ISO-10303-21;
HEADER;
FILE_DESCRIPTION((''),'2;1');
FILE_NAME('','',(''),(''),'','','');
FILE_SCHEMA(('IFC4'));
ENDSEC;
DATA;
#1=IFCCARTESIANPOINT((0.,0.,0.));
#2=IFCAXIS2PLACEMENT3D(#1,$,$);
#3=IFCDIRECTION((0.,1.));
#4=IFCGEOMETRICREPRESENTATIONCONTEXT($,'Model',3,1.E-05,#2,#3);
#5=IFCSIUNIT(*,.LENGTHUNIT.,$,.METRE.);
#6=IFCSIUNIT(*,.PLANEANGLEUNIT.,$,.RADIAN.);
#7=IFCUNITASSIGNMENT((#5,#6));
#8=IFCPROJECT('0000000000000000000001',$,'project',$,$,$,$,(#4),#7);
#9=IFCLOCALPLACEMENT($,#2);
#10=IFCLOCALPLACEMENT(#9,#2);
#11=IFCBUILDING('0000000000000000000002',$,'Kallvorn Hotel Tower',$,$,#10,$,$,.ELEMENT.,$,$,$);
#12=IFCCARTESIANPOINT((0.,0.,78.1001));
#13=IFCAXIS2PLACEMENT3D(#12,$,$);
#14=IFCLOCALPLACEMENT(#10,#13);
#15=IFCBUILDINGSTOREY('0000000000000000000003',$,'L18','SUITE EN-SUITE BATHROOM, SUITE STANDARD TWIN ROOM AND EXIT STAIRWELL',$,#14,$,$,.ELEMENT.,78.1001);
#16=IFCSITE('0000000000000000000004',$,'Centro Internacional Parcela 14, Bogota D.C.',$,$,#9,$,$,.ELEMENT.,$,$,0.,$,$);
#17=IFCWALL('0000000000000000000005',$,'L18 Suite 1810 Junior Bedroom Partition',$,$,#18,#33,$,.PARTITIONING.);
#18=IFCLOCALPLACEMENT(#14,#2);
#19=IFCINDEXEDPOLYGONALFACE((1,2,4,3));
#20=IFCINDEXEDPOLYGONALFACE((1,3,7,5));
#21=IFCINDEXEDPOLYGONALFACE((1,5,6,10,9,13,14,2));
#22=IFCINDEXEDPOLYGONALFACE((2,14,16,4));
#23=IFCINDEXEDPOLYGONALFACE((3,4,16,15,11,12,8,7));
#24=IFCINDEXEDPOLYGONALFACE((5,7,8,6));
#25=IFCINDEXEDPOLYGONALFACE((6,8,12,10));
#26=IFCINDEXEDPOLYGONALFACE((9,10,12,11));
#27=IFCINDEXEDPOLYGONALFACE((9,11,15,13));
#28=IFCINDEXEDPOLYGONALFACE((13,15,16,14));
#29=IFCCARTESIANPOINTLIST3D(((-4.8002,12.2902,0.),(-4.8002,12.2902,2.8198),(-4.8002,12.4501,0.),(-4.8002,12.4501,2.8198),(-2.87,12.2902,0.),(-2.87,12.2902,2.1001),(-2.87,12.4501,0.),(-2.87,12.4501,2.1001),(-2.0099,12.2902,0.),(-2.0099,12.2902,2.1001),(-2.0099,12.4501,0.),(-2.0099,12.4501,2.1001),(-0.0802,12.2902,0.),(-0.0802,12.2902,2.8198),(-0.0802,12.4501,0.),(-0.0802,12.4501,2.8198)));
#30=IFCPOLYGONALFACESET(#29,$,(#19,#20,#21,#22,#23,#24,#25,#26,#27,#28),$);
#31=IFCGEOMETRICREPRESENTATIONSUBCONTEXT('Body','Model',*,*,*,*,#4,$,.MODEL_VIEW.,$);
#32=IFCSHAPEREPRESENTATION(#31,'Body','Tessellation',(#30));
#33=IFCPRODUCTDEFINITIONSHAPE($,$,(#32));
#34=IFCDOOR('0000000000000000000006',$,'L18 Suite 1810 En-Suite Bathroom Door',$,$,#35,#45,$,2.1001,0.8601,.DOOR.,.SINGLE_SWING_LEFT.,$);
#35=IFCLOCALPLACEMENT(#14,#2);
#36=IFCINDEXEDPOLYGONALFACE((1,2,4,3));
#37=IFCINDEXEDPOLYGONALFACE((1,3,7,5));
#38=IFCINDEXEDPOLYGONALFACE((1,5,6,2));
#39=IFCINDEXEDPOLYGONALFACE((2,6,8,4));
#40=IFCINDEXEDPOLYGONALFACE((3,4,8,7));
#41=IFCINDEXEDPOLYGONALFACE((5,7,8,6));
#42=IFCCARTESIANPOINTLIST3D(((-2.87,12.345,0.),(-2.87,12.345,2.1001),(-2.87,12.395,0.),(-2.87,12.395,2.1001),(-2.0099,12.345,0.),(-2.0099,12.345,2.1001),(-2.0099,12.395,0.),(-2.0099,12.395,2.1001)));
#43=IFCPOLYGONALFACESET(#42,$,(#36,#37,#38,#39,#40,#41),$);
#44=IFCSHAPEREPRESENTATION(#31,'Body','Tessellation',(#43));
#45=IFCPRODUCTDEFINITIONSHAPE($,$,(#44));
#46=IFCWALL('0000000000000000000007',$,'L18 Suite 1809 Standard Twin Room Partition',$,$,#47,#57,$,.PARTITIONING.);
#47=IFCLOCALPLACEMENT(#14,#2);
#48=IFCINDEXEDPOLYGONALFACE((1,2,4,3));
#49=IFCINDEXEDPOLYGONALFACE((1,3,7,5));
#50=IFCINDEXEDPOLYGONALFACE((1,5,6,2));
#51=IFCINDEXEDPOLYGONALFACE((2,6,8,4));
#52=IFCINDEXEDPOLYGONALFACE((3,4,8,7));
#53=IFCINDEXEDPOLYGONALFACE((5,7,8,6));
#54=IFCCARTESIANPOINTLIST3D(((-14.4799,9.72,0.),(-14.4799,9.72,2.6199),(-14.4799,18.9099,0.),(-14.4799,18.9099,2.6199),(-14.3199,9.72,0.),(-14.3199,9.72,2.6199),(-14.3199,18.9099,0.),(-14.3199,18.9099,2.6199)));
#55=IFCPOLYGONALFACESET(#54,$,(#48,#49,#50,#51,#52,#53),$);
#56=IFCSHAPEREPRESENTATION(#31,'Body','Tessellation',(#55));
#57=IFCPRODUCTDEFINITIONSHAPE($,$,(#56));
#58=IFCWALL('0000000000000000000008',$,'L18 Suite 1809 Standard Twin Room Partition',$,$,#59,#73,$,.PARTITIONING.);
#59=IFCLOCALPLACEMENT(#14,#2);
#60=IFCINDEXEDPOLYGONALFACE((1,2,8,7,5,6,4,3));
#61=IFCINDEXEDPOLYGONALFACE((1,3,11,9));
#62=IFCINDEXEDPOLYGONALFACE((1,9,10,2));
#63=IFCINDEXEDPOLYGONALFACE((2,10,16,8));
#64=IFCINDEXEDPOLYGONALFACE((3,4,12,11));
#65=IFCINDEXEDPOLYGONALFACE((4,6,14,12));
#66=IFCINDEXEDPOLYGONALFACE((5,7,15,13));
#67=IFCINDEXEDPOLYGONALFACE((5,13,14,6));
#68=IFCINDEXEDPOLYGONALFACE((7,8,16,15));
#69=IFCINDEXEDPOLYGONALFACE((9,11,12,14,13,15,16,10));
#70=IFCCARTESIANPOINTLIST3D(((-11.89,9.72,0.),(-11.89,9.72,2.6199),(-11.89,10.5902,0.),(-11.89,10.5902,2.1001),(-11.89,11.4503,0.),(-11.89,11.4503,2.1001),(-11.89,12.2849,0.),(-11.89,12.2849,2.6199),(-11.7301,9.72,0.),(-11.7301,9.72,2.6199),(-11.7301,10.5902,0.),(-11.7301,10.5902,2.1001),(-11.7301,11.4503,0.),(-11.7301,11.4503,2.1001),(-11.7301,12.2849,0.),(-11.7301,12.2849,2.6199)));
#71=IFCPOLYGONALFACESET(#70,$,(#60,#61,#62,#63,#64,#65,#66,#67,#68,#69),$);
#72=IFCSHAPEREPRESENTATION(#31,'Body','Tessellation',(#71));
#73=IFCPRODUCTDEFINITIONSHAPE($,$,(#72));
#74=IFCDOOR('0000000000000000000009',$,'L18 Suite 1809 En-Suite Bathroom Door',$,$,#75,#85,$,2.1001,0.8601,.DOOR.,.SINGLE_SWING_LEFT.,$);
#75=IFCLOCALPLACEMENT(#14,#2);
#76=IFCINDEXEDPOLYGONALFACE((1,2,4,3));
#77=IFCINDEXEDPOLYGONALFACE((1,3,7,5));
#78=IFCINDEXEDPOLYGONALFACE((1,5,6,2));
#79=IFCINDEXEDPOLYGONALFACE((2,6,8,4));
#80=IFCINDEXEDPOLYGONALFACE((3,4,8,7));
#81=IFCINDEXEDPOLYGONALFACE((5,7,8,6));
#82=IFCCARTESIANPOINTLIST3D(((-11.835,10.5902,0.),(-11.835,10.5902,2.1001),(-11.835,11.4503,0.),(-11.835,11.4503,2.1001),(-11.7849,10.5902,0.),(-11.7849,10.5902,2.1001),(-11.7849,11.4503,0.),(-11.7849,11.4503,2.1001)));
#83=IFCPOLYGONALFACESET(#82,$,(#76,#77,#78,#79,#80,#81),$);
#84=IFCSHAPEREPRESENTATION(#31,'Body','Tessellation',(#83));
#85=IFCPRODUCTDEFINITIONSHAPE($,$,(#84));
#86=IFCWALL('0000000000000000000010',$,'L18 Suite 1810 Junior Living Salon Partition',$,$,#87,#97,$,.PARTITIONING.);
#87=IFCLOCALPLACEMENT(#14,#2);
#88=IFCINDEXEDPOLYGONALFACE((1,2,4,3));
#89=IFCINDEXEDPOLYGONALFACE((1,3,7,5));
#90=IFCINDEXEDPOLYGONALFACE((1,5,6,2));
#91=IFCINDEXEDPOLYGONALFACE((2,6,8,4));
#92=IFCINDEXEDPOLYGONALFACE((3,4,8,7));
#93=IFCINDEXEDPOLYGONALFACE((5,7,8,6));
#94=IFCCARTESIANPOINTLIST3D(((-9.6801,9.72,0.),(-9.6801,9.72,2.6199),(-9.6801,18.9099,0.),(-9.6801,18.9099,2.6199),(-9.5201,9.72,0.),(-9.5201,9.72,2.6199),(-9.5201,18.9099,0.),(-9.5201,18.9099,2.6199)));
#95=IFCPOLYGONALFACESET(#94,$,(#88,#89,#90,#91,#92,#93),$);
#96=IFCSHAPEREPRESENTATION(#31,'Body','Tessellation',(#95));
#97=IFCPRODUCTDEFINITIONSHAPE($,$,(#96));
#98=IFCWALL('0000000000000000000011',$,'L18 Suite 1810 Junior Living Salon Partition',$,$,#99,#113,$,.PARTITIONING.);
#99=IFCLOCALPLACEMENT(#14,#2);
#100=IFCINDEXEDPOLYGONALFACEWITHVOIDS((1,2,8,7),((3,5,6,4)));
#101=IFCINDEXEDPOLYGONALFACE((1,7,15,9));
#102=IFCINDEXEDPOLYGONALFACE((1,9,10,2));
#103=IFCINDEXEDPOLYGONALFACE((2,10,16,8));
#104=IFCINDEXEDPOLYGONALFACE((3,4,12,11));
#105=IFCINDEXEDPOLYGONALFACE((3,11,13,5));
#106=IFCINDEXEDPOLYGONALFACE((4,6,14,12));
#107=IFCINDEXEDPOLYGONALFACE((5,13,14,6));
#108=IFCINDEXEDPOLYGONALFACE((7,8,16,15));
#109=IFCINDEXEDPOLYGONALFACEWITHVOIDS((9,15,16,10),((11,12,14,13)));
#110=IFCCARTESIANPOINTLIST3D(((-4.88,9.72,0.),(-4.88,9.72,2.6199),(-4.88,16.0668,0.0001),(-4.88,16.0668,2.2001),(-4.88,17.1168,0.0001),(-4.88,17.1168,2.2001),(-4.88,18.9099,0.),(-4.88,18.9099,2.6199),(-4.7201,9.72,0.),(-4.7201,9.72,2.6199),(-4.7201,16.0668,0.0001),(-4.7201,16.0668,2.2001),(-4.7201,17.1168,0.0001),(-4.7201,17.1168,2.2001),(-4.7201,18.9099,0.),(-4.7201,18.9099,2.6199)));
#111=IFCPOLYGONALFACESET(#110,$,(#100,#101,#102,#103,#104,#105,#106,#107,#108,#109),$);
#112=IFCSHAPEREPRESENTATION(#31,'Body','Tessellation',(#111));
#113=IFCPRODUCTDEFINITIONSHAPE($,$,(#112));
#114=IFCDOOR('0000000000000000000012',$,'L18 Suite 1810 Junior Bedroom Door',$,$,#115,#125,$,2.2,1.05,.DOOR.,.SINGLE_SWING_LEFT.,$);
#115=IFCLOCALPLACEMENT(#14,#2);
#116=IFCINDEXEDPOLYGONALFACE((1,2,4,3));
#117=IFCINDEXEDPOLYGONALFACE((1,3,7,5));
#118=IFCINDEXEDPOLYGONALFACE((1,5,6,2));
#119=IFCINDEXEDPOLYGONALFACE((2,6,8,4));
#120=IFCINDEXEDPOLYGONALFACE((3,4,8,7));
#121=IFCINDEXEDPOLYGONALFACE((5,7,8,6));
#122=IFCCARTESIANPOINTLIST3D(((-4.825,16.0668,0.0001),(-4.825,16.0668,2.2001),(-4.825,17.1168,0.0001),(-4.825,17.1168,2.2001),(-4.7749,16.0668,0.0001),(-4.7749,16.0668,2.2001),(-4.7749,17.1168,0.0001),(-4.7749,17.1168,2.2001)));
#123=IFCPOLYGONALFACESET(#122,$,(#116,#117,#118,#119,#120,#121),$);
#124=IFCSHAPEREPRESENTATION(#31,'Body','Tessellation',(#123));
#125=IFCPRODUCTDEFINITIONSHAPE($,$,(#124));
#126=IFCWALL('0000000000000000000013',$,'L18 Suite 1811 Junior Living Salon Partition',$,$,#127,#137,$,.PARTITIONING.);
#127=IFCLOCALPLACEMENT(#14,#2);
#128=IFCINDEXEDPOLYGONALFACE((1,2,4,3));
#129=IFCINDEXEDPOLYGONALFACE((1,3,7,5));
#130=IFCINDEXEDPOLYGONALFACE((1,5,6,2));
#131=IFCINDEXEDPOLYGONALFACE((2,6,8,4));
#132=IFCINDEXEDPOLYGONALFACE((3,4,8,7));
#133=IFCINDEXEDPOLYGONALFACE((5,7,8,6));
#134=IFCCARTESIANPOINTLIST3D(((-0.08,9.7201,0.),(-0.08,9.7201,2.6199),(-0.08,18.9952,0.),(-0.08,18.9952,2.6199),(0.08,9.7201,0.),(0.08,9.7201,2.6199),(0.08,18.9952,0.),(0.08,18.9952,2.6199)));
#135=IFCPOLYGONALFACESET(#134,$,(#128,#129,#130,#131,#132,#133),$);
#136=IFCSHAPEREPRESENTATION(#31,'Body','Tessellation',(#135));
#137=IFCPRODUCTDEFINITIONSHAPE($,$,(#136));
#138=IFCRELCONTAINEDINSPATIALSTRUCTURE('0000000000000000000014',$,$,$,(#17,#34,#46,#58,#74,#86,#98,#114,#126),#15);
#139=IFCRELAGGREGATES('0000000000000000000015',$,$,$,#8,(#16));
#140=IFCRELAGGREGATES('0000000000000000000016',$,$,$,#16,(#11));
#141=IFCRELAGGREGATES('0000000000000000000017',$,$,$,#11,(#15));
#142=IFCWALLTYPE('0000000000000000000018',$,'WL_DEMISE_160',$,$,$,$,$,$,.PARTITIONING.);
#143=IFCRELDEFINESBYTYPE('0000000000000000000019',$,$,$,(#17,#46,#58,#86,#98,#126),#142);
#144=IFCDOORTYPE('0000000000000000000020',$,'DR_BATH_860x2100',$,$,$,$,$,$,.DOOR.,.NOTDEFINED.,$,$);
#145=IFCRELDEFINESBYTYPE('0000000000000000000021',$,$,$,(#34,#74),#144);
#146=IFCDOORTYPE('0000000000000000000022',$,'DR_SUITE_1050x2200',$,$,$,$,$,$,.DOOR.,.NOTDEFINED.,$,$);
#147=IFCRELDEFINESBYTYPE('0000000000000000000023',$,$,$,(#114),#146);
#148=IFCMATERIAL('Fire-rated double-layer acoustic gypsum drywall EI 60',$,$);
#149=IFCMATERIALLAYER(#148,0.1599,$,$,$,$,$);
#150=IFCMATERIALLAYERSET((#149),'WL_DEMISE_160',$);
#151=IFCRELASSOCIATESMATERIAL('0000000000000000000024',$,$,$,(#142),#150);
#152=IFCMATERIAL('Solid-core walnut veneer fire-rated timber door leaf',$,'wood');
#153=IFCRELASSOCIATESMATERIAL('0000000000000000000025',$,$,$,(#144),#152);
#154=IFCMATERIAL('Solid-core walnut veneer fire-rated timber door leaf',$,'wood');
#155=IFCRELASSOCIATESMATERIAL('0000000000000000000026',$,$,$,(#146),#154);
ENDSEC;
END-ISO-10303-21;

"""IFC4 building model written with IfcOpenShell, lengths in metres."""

from ifc_helpers import new_model, si_unit, direction, frame, frame_2d, origin, place, context, subcontext, project, spatial, rectangle, extrude, material, layer, layer_set, type_object, element, fill, save


model = new_model("IFC4")

# Units and contexts
model_context = context("Model", 3, precision=1e-05, world=origin(), true_north=direction((0.0, 1.0)))
body_context = subcontext(model_context, "Body", "Model", "MODEL_VIEW")
ifc_project = project(units=[si_unit("LENGTHUNIT", "METRE"), si_unit("PLANEANGLEUNIT", "RADIAN")], contexts=[model_context])

# Site, building, storey
site_placement = place(None, origin())
site = spatial("IfcSite", under=ifc_project, at=site_placement, Name="Centro Internacional Parcela 14, Bogota D.C.", CompositionType="ELEMENT", RefElevation=0.0)
building_placement = place(site_placement, origin())
building = spatial("IfcBuilding", under=site, at=building_placement, Name="Kallvorn Hotel Tower", CompositionType="ELEMENT")
storey_placement = place(building_placement, frame((0.0, 0.0, 78.1001)))
storey = spatial("IfcBuildingStorey", under=building, at=storey_placement, Name="L18", Description="SUITE EN-SUITE BATHROOM, SUITE STANDARD TWIN ROOM AND EXIT STAIRWELL", CompositionType="ELEMENT", Elevation=78.1001)

# Shared definitions
ifc_material_1 = material(Name="Fire-rated double-layer acoustic gypsum drywall EI 60")
ifc_layer_1 = layer(ifc_material_1, 0.1599)
ifc_layer_set_1 = layer_set([ifc_layer_1], Name="WL_DEMISE_160")
wall_type = type_object("IfcWallType", Name="WL_DEMISE_160", PredefinedType="PARTITIONING", material=ifc_layer_set_1)

# Wall, opening, door
wall_1_placement = place(storey_placement, frame((-4.8, 12.3701, 0.0), z_axis=(0.0, 0.0, 1.0), x_axis=(1.0, 0.0, 0.0)))
wall_1 = element("IfcWall", 1, at=wall_1_placement, inside=storey, type_object=wall_type, Name="L18 Suite 1810 Junior Bedroom Partition", PredefinedType="PARTITIONING", context=body_context, shape_type="SweptSolid", body=[
    extrude(rectangle(XDim=4.72, YDim=0.1599, at=frame_2d((2.3599, 0.0))), origin(), (0.0, 0.0, 1.0), 2.8198),
])
opening_1_placement = place(wall_1_placement, frame((1.9299, 0.0, 0.0)))
opening_1 = element("IfcOpeningElement", 2, at=opening_1_placement, cuts=wall_1, PredefinedType="OPENING", context=body_context, shape_type="SweptSolid", body=[
    extrude(rectangle(XDim=0.8601, YDim=2.1001, at=frame_2d((0.4302, 1.05))), frame((0.0, 0.095, 0.0), z_axis=(0.0, -1.0, 0.0), x_axis=(1.0, 0.0, 0.0)), (0.0, 0.0, 1.0), 0.1899),
])
ifc_material_2 = material(Name="Solid-core walnut veneer fire-rated timber door leaf", Category="wood")
door_type_1 = type_object("IfcDoorType", Name="DR_BATH_860x2100", OperationType="NOTDEFINED", PredefinedType="DOOR", material=ifc_material_2)
door_1_placement = place(opening_1_placement, origin())
door_1 = element("IfcDoor", 3, at=door_1_placement, inside=storey, type_object=door_type_1, Name="L18 Suite 1810 En-Suite Bathroom Door", OperationType="SINGLE_SWING_LEFT", OverallHeight=2.1001, OverallWidth=0.8601, PredefinedType="DOOR", context=body_context, shape_type="SweptSolid", body=[
    extrude(rectangle(XDim=0.8601, YDim=2.1001, at=frame_2d((0.4302, 1.05))), frame((0.0, 0.0249, 0.0), z_axis=(0.0, -1.0, 0.0), x_axis=(1.0, 0.0, 0.0)), (0.0, 0.0, 1.0), 0.05),
])
fill(opening_1, door_1)

# Wall
wall_2_placement = place(storey_placement, frame((-14.3999, 9.72, 0.0), z_axis=(0.0, 0.0, 1.0), x_axis=(0.0, 1.0, 0.0)))
element("IfcWall", 4, at=wall_2_placement, inside=storey, type_object=wall_type, Name="L18 Suite 1809 Standard Twin Room Partition", PredefinedType="PARTITIONING", context=body_context, shape_type="SweptSolid", body=[
    extrude(rectangle(XDim=9.1899, YDim=0.1599, at=frame_2d((4.595, 0.0))), origin(), (0.0, 0.0, 1.0), 2.6199),
])

# Wall, opening, door
wall_3_placement = place(storey_placement, frame((-11.8101, 9.72, 0.0), z_axis=(0.0, 0.0, 1.0), x_axis=(0.0, 1.0, 0.0)))
wall_3 = element("IfcWall", 5, at=wall_3_placement, inside=storey, type_object=wall_type, Name="L18 Suite 1809 Standard Twin Room Partition", PredefinedType="PARTITIONING", context=body_context, shape_type="SweptSolid", body=[
    extrude(rectangle(XDim=2.5649, YDim=0.1599, at=frame_2d((1.2825, 0.0))), origin(), (0.0, 0.0, 1.0), 2.6199),
])
opening_2_placement = place(wall_3_placement, frame((0.8701, 0.0, 0.0)))
opening_2 = element("IfcOpeningElement", 6, at=opening_2_placement, cuts=wall_3, PredefinedType="OPENING", context=body_context, shape_type="SweptSolid", body=[
    extrude(rectangle(XDim=0.8601, YDim=2.1001, at=frame_2d((0.4302, 1.05))), frame((0.0, 0.095, 0.0), z_axis=(0.0, -1.0, 0.0), x_axis=(1.0, 0.0, 0.0)), (0.0, 0.0, 1.0), 0.1899),
])
door_2_placement = place(opening_2_placement, origin())
door_2 = element("IfcDoor", 7, at=door_2_placement, inside=storey, type_object=door_type_1, Name="L18 Suite 1809 En-Suite Bathroom Door", OperationType="SINGLE_SWING_LEFT", OverallHeight=2.1001, OverallWidth=0.8601, PredefinedType="DOOR", context=body_context, shape_type="SweptSolid", body=[
    extrude(rectangle(XDim=0.8601, YDim=2.1001, at=frame_2d((0.4302, 1.05))), frame((0.0, 0.0249, 0.0), z_axis=(0.0, -1.0, 0.0), x_axis=(1.0, 0.0, 0.0)), (0.0, 0.0, 1.0), 0.05),
])
fill(opening_2, door_2)

# Wall
wall_4_placement = place(storey_placement, frame((-9.6001, 9.72, 0.0), z_axis=(0.0, 0.0, 1.0), x_axis=(0.0, 1.0, 0.0)))
element("IfcWall", 8, at=wall_4_placement, inside=storey, type_object=wall_type, Name="L18 Suite 1810 Junior Living Salon Partition", PredefinedType="PARTITIONING", context=body_context, shape_type="SweptSolid", body=[
    extrude(rectangle(XDim=9.1899, YDim=0.1599, at=frame_2d((4.595, 0.0))), origin(), (0.0, 0.0, 1.0), 2.6199),
])

# Wall, opening, door
wall_5_placement = place(storey_placement, frame((-4.8, 9.72, 0.0), z_axis=(0.0, 0.0, 1.0), x_axis=(0.0, 1.0, 0.0)))
wall_5 = element("IfcWall", 9, at=wall_5_placement, inside=storey, type_object=wall_type, Name="L18 Suite 1810 Junior Living Salon Partition", PredefinedType="PARTITIONING", context=body_context, shape_type="SweptSolid", body=[
    extrude(rectangle(XDim=9.1899, YDim=0.1599, at=frame_2d((4.595, 0.0))), origin(), (0.0, 0.0, 1.0), 2.6199),
])
opening_3_placement = place(wall_5_placement, frame((6.3469, 0.0, 0.0)))
opening_3 = element("IfcOpeningElement", 10, at=opening_3_placement, cuts=wall_5, PredefinedType="OPENING", context=body_context, shape_type="SweptSolid", body=[
    extrude(rectangle(XDim=1.05, YDim=2.2, at=frame_2d((0.5249, 1.1001))), frame((0.0, 0.095, 0.0), z_axis=(0.0, -1.0, 0.0), x_axis=(1.0, 0.0, 0.0)), (0.0, 0.0, 1.0), 0.1899),
])
ifc_material_3 = material(Name="Solid-core walnut veneer fire-rated timber door leaf", Category="wood")
door_type_2 = type_object("IfcDoorType", Name="DR_SUITE_1050x2200", OperationType="NOTDEFINED", PredefinedType="DOOR", material=ifc_material_3)
door_3_placement = place(opening_3_placement, origin())
door_3 = element("IfcDoor", 11, at=door_3_placement, inside=storey, type_object=door_type_2, Name="L18 Suite 1810 Junior Bedroom Door", OperationType="SINGLE_SWING_LEFT", OverallHeight=2.2, OverallWidth=1.05, PredefinedType="DOOR", context=body_context, shape_type="SweptSolid", body=[
    extrude(rectangle(XDim=1.05, YDim=2.2, at=frame_2d((0.5249, 1.1001))), frame((0.0, 0.0249, 0.0), z_axis=(0.0, -1.0, 0.0), x_axis=(1.0, 0.0, 0.0)), (0.0, 0.0, 1.0), 0.05),
])
fill(opening_3, door_3)

# Wall
wall_6_placement = place(storey_placement, frame((0.0, 9.72, 0.0), z_axis=(0.0, 0.0, 1.0), x_axis=(0.0, 1.0, 0.0)))
element("IfcWall", 12, at=wall_6_placement, inside=storey, type_object=wall_type, Name="L18 Suite 1811 Junior Living Salon Partition", PredefinedType="PARTITIONING", context=body_context, shape_type="SweptSolid", body=[
    extrude(rectangle(XDim=9.2751, YDim=0.1599, at=frame_2d((4.6377, 0.0))), origin(), (0.0, 0.0, 1.0), 2.6199),
])

save(model, "model.ifc")
